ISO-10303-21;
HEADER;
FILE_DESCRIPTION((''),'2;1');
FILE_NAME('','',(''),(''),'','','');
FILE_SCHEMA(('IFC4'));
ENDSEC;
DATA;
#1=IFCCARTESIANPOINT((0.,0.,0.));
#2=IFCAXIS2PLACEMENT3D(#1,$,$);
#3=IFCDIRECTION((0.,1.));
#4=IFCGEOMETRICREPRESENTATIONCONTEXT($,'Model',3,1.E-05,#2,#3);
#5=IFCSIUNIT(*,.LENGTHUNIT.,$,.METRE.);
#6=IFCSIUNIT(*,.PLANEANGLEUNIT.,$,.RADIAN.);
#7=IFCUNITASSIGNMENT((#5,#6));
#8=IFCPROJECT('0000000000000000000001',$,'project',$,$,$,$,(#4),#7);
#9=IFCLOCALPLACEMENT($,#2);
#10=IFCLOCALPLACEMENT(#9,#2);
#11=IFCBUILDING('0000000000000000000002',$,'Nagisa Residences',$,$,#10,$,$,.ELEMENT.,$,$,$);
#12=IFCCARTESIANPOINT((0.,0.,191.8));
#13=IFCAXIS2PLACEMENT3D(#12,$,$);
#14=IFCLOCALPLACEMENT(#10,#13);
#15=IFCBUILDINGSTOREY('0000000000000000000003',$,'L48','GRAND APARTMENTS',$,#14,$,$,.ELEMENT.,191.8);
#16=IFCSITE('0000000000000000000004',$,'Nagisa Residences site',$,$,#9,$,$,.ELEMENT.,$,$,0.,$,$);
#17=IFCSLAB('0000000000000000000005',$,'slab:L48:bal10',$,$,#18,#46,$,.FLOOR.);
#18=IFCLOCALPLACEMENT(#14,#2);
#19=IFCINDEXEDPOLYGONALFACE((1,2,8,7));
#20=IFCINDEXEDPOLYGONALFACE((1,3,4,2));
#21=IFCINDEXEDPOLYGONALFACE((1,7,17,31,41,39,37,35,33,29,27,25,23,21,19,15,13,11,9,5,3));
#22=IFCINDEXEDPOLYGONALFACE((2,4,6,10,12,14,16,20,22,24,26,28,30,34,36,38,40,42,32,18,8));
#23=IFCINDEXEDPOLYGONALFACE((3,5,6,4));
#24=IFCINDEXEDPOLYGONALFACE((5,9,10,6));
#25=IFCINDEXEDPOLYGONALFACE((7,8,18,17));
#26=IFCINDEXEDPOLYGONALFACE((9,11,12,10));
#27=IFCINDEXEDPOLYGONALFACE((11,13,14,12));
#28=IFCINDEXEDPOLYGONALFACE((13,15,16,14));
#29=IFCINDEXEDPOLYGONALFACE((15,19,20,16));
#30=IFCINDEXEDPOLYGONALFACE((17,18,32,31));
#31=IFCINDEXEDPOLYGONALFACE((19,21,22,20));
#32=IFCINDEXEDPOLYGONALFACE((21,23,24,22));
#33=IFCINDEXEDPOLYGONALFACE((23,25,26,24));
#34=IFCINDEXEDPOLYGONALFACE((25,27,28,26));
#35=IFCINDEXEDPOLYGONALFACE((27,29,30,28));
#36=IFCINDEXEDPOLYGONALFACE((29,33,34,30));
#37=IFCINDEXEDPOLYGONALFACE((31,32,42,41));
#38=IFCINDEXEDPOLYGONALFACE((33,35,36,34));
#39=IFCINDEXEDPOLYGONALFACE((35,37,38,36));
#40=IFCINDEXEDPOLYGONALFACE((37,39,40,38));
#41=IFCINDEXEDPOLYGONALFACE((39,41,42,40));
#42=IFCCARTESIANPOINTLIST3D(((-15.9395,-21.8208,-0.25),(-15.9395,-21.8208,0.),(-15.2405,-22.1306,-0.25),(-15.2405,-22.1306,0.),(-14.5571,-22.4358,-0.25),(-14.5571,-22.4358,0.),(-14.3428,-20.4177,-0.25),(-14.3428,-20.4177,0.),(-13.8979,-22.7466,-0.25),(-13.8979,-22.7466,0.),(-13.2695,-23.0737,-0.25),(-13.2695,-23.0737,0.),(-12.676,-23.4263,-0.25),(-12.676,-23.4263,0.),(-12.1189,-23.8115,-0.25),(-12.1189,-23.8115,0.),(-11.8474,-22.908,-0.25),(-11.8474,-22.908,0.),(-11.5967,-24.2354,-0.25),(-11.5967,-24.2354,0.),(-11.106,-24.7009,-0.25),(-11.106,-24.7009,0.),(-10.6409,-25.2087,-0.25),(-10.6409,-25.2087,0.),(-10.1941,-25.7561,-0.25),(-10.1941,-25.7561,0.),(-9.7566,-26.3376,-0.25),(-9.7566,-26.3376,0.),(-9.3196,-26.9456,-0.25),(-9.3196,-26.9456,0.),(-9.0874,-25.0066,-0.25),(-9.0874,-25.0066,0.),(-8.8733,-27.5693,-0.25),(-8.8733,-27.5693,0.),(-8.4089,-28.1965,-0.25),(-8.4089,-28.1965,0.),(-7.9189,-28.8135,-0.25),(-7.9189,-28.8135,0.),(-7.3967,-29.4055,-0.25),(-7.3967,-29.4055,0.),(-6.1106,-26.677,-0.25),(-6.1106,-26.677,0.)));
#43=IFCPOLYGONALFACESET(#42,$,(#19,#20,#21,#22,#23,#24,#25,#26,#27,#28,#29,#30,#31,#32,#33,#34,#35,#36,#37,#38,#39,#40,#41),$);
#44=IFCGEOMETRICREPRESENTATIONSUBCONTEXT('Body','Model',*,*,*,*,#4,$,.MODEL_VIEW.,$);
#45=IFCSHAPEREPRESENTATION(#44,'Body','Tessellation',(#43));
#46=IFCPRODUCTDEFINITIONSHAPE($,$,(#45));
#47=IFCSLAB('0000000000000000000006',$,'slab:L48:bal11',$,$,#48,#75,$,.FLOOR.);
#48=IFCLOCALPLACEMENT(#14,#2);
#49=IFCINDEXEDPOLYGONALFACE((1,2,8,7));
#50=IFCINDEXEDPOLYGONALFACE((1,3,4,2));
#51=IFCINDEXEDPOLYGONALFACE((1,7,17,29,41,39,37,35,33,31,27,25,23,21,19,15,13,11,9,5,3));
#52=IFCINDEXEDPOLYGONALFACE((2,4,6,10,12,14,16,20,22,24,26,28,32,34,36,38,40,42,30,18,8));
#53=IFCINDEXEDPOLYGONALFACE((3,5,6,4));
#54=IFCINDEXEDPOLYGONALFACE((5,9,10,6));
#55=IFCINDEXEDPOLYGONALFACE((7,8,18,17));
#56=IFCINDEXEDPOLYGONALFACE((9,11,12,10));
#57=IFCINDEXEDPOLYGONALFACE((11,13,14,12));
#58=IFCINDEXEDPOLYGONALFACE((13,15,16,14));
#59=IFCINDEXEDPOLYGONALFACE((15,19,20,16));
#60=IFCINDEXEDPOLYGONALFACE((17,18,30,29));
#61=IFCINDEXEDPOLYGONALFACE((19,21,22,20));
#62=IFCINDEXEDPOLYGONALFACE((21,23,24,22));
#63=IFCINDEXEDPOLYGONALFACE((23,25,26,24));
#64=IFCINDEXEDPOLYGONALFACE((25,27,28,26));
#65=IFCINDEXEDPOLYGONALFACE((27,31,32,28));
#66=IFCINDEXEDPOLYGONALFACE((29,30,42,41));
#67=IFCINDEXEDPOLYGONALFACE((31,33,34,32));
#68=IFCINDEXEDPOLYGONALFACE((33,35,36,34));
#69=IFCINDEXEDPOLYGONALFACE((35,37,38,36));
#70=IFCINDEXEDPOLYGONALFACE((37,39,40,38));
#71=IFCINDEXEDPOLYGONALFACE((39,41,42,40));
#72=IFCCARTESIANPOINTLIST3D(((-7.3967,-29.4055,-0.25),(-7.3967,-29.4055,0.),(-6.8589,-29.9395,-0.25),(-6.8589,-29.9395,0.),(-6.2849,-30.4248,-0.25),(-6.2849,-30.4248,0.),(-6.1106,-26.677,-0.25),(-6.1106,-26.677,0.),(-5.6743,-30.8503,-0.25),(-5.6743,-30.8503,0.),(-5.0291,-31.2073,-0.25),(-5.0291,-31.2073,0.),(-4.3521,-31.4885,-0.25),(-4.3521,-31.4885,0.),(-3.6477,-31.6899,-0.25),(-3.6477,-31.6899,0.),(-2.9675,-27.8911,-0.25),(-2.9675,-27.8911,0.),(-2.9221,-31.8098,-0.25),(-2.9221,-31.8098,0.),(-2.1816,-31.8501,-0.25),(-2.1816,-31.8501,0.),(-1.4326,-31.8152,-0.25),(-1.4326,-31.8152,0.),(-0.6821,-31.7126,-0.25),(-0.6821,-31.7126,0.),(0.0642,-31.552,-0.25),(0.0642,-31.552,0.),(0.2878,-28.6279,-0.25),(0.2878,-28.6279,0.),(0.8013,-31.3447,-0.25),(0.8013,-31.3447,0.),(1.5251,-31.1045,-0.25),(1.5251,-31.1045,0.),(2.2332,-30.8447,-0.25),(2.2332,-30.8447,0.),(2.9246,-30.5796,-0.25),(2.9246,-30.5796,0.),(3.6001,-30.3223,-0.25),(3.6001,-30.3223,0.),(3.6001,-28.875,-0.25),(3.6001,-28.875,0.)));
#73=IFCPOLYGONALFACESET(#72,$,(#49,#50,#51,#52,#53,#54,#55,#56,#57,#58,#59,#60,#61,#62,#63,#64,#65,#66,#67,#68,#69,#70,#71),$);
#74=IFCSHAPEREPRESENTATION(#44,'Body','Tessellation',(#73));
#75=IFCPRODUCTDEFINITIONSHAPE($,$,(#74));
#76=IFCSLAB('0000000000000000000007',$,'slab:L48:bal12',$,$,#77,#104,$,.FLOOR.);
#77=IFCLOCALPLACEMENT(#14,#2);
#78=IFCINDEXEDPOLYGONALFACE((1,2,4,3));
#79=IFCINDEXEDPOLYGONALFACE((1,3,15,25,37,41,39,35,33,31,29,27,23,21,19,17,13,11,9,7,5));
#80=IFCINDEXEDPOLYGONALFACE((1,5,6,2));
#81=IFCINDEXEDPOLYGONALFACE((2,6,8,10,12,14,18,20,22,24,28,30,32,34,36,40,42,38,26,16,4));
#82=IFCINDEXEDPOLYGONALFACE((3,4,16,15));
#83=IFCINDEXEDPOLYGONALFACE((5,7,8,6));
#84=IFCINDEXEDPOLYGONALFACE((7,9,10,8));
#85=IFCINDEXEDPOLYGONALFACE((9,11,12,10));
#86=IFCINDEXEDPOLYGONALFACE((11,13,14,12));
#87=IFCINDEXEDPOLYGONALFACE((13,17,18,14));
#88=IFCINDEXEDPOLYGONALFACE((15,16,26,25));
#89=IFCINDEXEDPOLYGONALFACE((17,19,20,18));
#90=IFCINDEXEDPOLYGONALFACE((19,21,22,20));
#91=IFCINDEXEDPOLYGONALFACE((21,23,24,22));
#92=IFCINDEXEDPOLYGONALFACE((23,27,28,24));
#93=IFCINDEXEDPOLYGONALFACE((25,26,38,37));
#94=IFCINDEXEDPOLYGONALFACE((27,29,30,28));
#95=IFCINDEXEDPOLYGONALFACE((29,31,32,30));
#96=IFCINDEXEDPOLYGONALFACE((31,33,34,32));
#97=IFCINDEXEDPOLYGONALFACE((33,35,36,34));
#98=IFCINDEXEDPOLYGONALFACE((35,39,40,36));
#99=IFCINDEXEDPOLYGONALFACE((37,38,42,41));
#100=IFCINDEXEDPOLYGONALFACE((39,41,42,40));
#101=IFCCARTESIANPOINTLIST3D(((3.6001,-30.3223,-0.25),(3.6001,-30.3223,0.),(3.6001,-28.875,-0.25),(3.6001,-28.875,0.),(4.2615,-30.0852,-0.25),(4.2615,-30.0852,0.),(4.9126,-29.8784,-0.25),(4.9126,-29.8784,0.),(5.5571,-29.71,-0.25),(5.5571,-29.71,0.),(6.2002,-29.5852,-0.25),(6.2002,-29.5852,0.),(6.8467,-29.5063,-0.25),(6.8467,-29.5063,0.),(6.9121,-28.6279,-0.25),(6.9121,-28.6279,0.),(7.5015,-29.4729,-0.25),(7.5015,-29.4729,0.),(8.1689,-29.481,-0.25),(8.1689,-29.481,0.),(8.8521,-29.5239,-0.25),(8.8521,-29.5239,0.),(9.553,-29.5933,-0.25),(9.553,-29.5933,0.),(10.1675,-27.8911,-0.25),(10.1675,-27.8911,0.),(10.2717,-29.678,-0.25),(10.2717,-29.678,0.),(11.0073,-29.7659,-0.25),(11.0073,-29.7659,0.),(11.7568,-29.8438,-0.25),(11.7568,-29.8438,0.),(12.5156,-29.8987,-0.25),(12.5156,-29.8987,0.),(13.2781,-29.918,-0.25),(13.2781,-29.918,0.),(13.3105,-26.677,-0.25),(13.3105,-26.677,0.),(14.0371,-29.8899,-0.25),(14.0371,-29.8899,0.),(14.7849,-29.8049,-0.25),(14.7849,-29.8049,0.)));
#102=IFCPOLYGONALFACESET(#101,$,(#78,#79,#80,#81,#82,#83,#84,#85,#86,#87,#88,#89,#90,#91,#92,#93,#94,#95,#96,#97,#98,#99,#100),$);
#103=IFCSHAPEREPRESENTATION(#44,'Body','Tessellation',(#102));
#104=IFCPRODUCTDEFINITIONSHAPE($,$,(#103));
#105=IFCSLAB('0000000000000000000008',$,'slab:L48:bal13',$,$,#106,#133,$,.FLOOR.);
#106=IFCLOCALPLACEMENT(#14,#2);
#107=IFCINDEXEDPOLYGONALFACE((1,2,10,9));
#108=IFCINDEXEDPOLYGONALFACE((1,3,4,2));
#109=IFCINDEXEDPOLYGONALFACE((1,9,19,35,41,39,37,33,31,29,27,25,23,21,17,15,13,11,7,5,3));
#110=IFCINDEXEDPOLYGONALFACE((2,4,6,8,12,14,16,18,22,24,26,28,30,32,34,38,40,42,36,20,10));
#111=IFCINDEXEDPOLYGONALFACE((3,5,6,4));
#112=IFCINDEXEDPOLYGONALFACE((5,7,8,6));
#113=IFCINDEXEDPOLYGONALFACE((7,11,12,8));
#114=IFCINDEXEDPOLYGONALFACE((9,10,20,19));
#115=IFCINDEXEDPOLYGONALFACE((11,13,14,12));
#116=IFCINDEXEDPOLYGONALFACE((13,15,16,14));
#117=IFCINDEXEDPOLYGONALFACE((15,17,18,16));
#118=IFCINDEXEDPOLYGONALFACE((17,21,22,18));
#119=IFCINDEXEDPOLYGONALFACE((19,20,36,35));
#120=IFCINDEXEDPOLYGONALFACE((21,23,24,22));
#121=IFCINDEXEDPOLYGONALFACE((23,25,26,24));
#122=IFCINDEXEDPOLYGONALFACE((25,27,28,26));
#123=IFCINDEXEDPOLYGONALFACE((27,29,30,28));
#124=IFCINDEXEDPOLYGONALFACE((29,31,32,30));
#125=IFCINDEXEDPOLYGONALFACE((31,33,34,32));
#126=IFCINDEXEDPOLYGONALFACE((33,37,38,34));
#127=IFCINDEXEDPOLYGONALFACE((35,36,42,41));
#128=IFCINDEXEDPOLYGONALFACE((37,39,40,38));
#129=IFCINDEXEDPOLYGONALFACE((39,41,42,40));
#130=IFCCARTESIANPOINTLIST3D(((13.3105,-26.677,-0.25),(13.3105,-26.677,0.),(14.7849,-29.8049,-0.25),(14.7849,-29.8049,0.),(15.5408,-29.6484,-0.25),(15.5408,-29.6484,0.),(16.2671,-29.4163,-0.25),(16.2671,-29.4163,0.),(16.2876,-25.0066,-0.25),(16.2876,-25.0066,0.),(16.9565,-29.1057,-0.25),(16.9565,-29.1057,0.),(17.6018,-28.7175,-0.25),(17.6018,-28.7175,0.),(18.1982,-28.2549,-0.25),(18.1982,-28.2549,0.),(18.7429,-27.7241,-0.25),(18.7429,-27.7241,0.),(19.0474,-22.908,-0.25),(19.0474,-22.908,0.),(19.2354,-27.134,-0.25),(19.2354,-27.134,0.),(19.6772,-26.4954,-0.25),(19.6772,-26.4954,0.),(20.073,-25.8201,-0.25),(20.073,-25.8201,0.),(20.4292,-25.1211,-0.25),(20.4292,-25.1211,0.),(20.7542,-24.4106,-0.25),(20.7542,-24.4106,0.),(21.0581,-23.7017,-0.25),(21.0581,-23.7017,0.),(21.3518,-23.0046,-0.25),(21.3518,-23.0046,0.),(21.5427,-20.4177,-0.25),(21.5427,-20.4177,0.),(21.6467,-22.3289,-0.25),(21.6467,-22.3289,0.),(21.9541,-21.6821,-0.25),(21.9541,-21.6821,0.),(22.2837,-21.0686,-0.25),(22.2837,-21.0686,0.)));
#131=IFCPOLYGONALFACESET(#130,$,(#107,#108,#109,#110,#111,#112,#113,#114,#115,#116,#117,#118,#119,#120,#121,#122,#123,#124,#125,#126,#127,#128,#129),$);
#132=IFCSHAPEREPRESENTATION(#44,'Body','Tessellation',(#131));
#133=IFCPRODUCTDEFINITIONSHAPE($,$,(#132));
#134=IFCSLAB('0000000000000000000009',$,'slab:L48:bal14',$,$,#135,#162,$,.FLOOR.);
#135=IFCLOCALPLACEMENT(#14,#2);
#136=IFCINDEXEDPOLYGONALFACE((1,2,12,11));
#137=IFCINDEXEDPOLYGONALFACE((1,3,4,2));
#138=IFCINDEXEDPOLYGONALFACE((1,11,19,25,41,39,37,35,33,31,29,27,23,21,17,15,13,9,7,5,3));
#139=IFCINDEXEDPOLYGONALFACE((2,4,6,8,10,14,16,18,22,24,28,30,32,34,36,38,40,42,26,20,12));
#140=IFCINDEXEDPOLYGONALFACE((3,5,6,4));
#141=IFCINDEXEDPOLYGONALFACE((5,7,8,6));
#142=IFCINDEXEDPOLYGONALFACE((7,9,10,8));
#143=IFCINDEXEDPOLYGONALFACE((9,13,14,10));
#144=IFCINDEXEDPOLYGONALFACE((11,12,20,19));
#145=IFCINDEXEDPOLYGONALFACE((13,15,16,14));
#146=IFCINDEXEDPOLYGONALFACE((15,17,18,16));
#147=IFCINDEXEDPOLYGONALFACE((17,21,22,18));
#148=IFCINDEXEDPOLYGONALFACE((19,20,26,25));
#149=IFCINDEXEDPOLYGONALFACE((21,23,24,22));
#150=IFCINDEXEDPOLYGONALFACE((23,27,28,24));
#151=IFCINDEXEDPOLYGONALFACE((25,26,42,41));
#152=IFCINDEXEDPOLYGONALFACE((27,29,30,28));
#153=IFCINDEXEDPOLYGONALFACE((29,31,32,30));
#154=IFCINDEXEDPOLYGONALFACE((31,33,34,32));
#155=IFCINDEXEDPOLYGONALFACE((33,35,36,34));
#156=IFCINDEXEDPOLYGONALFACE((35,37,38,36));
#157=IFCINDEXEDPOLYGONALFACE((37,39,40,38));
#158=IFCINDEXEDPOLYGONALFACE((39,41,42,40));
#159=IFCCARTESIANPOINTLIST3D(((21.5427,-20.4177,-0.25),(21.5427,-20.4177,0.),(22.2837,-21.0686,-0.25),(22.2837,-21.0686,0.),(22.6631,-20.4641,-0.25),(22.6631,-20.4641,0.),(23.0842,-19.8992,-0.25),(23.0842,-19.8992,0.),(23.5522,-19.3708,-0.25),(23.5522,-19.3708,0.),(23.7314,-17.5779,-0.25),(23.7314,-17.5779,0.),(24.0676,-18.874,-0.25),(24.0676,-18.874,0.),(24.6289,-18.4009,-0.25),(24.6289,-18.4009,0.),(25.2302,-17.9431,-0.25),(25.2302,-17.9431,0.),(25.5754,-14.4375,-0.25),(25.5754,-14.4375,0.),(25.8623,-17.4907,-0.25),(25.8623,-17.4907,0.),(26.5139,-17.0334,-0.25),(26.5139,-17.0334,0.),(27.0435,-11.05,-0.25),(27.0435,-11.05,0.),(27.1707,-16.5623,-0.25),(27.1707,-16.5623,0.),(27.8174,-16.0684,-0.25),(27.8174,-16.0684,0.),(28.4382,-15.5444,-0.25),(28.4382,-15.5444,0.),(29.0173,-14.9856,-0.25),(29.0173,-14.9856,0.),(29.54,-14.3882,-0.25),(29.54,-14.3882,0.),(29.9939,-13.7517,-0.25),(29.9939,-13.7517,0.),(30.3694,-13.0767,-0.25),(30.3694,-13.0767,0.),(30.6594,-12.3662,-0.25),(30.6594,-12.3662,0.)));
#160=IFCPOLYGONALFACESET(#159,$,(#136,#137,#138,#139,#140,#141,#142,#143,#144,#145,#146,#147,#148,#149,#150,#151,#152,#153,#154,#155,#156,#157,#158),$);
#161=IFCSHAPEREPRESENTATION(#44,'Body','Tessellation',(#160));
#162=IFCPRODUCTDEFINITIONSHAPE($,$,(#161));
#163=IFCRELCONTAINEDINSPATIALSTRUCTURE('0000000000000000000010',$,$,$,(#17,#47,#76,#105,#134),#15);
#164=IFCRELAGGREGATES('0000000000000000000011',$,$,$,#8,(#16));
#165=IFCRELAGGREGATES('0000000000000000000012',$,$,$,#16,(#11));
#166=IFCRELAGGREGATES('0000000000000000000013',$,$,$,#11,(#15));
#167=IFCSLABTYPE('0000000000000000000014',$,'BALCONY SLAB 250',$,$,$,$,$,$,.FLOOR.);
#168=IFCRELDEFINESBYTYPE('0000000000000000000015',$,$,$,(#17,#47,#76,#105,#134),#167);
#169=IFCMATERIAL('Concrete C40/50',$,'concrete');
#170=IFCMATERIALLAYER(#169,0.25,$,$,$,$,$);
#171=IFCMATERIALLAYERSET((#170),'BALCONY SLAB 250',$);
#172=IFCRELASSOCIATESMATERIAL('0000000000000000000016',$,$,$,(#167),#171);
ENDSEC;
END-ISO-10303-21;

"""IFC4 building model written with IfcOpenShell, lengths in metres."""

from ifc_helpers import new_model, si_unit, direction, frame, origin, place, context, subcontext, project, spatial, polyline, outline, extrude, material, layer, layer_set, type_object, element, save


model = new_model("IFC4")

# Units and contexts
model_context = context("Model", 3, precision=1e-05, world=origin(), true_north=direction((0.0, 1.0)))
body_context = subcontext(model_context, "Body", "Model", "MODEL_VIEW")
ifc_project = project(units=[si_unit("LENGTHUNIT", "METRE"), si_unit("PLANEANGLEUNIT", "RADIAN")], contexts=[model_context])

# Site, building, storey
site_placement = place(None, origin())
site = spatial("IfcSite", under=ifc_project, at=site_placement, Name="Nagisa Residences site", CompositionType="ELEMENT", RefElevation=0.0)
building_placement = place(site_placement, origin())
building = spatial("IfcBuilding", under=site, at=building_placement, Name="Nagisa Residences", CompositionType="ELEMENT")
storey_placement = place(building_placement, frame((0.0, 0.0, 191.8)))
storey = spatial("IfcBuildingStorey", under=building, at=storey_placement, Name="L48", Description="GRAND APARTMENTS", CompositionType="ELEMENT", Elevation=191.8)

# Slabs
ifc_material_1 = material(Name="Concrete C40/50", Category="concrete")
ifc_layer_1 = layer(ifc_material_1, 0.25)
ifc_layer_set_1 = layer_set([ifc_layer_1], Name="BALCONY SLAB 250")
slab_type_1 = type_object("IfcSlabType", Name="BALCONY SLAB 250", PredefinedType="FLOOR", material=ifc_layer_set_1)
slab_1_placement = place(storey_placement, frame((0.0, 0.0, -0.25)))
element("IfcSlab", 1, at=slab_1_placement, inside=storey, type_object=slab_type_1, Name="slab:L48:bal10", PredefinedType="FLOOR", context=body_context, shape_type="SweptSolid", body=[
    extrude(outline(polyline([(-15.9395, -21.8208), (-15.2405, -22.1306), (-14.5571, -22.4358), (-13.8979, -22.7466), (-13.2695, -23.0737), (-12.676, -23.4263), (-12.1189, -23.8115), (-11.5967, -24.2354), (-11.106, -24.7009), (-10.6409, -25.2087), (-10.1941, -25.7561), (-9.7566, -26.3376), (-9.3196, -26.9456), (-8.8733, -27.5693), (-8.4089, -28.1965), (-7.9189, -28.8135), (-7.3967, -29.4055), (-6.1106, -26.677), (-9.0874, -25.0066), (-11.8474, -22.908), (-14.3428, -20.4177), (-15.9395, -21.8208)])), origin(), (0.0, 0.0, 1.0), 0.25),
])
slab_2_placement = place(storey_placement, frame((0.0, 0.0, -0.25)))
element("IfcSlab", 2, at=slab_2_placement, inside=storey, type_object=slab_type_1, Name="slab:L48:bal11", PredefinedType="FLOOR", context=body_context, shape_type="SweptSolid", body=[
    extrude(outline(polyline([(-7.3967, -29.4055), (-6.8589, -29.9395), (-6.2849, -30.4248), (-5.6743, -30.8503), (-5.0291, -31.2073), (-4.3521, -31.4885), (-3.6477, -31.6899), (-2.9221, -31.8098), (-2.1816, -31.8501), (-1.4326, -31.8152), (-0.6821, -31.7126), (0.0642, -31.552), (0.8013, -31.3447), (1.5251, -31.1045), (2.2332, -30.8447), (2.9246, -30.5796), (3.6001, -30.3223), (3.6001, -28.875), (0.2878, -28.6279), (-2.9675, -27.8911), (-6.1106, -26.677), (-7.3967, -29.4055)])), origin(), (0.0, 0.0, 1.0), 0.25),
])
slab_3_placement = place(storey_placement, frame((0.0, 0.0, -0.25)))
element("IfcSlab", 3, at=slab_3_placement, inside=storey, type_object=slab_type_1, Name="slab:L48:bal12", PredefinedType="FLOOR", context=body_context, shape_type="SweptSolid", body=[
    extrude(outline(polyline([(3.6001, -30.3223), (4.2615, -30.0852), (4.9126, -29.8784), (5.5571, -29.71), (6.2002, -29.5852), (6.8467, -29.5063), (7.5015, -29.4729), (8.1689, -29.481), (8.8521, -29.5239), (9.553, -29.5933), (10.2717, -29.678), (11.0073, -29.7659), (11.7568, -29.8438), (12.5156, -29.8987), (13.2781, -29.918), (14.0371, -29.8899), (14.7849, -29.8049), (13.3105, -26.677), (10.1675, -27.8911), (6.9121, -28.6279), (3.6001, -28.875), (3.6001, -30.3223)])), origin(), (0.0, 0.0, 1.0), 0.25),
])
slab_4_placement = place(storey_placement, frame((0.0, 0.0, -0.25)))
element("IfcSlab", 4, at=slab_4_placement, inside=storey, type_object=slab_type_1, Name="slab:L48:bal13", PredefinedType="FLOOR", context=body_context, shape_type="SweptSolid", body=[
    extrude(outline(polyline([(14.7849, -29.8049), (15.5408, -29.6484), (16.2671, -29.4163), (16.9565, -29.1057), (17.6018, -28.7175), (18.1982, -28.2549), (18.7429, -27.7241), (19.2354, -27.134), (19.6772, -26.4954), (20.073, -25.8201), (20.4292, -25.1211), (20.7542, -24.4106), (21.0581, -23.7017), (21.3518, -23.0046), (21.6467, -22.3289), (21.9541, -21.6821), (22.2837, -21.0686), (21.5427, -20.4177), (19.0474, -22.908), (16.2876, -25.0066), (13.3105, -26.677), (14.7849, -29.8049)])), origin(), (0.0, 0.0, 1.0), 0.25),
])
slab_5_placement = place(storey_placement, frame((0.0, 0.0, -0.25)))
element("IfcSlab", 5, at=slab_5_placement, inside=storey, type_object=slab_type_1, Name="slab:L48:bal14", PredefinedType="FLOOR", context=body_context, shape_type="SweptSolid", body=[
    extrude(outline(polyline([(22.2837, -21.0686), (22.6631, -20.4641), (23.0842, -19.8992), (23.5522, -19.3708), (24.0676, -18.874), (24.6289, -18.4009), (25.2302, -17.9431), (25.8623, -17.4907), (26.5139, -17.0334), (27.1707, -16.5623), (27.8174, -16.0684), (28.4382, -15.5444), (29.0173, -14.9856), (29.54, -14.3882), (29.9939, -13.7517), (30.3694, -13.0767), (30.6594, -12.3662), (27.0435, -11.05), (25.5754, -14.4375), (23.7314, -17.5779), (21.5427, -20.4177), (22.2837, -21.0686)])), origin(), (0.0, 0.0, 1.0), 0.25),
])

save(model, "model.ifc")
